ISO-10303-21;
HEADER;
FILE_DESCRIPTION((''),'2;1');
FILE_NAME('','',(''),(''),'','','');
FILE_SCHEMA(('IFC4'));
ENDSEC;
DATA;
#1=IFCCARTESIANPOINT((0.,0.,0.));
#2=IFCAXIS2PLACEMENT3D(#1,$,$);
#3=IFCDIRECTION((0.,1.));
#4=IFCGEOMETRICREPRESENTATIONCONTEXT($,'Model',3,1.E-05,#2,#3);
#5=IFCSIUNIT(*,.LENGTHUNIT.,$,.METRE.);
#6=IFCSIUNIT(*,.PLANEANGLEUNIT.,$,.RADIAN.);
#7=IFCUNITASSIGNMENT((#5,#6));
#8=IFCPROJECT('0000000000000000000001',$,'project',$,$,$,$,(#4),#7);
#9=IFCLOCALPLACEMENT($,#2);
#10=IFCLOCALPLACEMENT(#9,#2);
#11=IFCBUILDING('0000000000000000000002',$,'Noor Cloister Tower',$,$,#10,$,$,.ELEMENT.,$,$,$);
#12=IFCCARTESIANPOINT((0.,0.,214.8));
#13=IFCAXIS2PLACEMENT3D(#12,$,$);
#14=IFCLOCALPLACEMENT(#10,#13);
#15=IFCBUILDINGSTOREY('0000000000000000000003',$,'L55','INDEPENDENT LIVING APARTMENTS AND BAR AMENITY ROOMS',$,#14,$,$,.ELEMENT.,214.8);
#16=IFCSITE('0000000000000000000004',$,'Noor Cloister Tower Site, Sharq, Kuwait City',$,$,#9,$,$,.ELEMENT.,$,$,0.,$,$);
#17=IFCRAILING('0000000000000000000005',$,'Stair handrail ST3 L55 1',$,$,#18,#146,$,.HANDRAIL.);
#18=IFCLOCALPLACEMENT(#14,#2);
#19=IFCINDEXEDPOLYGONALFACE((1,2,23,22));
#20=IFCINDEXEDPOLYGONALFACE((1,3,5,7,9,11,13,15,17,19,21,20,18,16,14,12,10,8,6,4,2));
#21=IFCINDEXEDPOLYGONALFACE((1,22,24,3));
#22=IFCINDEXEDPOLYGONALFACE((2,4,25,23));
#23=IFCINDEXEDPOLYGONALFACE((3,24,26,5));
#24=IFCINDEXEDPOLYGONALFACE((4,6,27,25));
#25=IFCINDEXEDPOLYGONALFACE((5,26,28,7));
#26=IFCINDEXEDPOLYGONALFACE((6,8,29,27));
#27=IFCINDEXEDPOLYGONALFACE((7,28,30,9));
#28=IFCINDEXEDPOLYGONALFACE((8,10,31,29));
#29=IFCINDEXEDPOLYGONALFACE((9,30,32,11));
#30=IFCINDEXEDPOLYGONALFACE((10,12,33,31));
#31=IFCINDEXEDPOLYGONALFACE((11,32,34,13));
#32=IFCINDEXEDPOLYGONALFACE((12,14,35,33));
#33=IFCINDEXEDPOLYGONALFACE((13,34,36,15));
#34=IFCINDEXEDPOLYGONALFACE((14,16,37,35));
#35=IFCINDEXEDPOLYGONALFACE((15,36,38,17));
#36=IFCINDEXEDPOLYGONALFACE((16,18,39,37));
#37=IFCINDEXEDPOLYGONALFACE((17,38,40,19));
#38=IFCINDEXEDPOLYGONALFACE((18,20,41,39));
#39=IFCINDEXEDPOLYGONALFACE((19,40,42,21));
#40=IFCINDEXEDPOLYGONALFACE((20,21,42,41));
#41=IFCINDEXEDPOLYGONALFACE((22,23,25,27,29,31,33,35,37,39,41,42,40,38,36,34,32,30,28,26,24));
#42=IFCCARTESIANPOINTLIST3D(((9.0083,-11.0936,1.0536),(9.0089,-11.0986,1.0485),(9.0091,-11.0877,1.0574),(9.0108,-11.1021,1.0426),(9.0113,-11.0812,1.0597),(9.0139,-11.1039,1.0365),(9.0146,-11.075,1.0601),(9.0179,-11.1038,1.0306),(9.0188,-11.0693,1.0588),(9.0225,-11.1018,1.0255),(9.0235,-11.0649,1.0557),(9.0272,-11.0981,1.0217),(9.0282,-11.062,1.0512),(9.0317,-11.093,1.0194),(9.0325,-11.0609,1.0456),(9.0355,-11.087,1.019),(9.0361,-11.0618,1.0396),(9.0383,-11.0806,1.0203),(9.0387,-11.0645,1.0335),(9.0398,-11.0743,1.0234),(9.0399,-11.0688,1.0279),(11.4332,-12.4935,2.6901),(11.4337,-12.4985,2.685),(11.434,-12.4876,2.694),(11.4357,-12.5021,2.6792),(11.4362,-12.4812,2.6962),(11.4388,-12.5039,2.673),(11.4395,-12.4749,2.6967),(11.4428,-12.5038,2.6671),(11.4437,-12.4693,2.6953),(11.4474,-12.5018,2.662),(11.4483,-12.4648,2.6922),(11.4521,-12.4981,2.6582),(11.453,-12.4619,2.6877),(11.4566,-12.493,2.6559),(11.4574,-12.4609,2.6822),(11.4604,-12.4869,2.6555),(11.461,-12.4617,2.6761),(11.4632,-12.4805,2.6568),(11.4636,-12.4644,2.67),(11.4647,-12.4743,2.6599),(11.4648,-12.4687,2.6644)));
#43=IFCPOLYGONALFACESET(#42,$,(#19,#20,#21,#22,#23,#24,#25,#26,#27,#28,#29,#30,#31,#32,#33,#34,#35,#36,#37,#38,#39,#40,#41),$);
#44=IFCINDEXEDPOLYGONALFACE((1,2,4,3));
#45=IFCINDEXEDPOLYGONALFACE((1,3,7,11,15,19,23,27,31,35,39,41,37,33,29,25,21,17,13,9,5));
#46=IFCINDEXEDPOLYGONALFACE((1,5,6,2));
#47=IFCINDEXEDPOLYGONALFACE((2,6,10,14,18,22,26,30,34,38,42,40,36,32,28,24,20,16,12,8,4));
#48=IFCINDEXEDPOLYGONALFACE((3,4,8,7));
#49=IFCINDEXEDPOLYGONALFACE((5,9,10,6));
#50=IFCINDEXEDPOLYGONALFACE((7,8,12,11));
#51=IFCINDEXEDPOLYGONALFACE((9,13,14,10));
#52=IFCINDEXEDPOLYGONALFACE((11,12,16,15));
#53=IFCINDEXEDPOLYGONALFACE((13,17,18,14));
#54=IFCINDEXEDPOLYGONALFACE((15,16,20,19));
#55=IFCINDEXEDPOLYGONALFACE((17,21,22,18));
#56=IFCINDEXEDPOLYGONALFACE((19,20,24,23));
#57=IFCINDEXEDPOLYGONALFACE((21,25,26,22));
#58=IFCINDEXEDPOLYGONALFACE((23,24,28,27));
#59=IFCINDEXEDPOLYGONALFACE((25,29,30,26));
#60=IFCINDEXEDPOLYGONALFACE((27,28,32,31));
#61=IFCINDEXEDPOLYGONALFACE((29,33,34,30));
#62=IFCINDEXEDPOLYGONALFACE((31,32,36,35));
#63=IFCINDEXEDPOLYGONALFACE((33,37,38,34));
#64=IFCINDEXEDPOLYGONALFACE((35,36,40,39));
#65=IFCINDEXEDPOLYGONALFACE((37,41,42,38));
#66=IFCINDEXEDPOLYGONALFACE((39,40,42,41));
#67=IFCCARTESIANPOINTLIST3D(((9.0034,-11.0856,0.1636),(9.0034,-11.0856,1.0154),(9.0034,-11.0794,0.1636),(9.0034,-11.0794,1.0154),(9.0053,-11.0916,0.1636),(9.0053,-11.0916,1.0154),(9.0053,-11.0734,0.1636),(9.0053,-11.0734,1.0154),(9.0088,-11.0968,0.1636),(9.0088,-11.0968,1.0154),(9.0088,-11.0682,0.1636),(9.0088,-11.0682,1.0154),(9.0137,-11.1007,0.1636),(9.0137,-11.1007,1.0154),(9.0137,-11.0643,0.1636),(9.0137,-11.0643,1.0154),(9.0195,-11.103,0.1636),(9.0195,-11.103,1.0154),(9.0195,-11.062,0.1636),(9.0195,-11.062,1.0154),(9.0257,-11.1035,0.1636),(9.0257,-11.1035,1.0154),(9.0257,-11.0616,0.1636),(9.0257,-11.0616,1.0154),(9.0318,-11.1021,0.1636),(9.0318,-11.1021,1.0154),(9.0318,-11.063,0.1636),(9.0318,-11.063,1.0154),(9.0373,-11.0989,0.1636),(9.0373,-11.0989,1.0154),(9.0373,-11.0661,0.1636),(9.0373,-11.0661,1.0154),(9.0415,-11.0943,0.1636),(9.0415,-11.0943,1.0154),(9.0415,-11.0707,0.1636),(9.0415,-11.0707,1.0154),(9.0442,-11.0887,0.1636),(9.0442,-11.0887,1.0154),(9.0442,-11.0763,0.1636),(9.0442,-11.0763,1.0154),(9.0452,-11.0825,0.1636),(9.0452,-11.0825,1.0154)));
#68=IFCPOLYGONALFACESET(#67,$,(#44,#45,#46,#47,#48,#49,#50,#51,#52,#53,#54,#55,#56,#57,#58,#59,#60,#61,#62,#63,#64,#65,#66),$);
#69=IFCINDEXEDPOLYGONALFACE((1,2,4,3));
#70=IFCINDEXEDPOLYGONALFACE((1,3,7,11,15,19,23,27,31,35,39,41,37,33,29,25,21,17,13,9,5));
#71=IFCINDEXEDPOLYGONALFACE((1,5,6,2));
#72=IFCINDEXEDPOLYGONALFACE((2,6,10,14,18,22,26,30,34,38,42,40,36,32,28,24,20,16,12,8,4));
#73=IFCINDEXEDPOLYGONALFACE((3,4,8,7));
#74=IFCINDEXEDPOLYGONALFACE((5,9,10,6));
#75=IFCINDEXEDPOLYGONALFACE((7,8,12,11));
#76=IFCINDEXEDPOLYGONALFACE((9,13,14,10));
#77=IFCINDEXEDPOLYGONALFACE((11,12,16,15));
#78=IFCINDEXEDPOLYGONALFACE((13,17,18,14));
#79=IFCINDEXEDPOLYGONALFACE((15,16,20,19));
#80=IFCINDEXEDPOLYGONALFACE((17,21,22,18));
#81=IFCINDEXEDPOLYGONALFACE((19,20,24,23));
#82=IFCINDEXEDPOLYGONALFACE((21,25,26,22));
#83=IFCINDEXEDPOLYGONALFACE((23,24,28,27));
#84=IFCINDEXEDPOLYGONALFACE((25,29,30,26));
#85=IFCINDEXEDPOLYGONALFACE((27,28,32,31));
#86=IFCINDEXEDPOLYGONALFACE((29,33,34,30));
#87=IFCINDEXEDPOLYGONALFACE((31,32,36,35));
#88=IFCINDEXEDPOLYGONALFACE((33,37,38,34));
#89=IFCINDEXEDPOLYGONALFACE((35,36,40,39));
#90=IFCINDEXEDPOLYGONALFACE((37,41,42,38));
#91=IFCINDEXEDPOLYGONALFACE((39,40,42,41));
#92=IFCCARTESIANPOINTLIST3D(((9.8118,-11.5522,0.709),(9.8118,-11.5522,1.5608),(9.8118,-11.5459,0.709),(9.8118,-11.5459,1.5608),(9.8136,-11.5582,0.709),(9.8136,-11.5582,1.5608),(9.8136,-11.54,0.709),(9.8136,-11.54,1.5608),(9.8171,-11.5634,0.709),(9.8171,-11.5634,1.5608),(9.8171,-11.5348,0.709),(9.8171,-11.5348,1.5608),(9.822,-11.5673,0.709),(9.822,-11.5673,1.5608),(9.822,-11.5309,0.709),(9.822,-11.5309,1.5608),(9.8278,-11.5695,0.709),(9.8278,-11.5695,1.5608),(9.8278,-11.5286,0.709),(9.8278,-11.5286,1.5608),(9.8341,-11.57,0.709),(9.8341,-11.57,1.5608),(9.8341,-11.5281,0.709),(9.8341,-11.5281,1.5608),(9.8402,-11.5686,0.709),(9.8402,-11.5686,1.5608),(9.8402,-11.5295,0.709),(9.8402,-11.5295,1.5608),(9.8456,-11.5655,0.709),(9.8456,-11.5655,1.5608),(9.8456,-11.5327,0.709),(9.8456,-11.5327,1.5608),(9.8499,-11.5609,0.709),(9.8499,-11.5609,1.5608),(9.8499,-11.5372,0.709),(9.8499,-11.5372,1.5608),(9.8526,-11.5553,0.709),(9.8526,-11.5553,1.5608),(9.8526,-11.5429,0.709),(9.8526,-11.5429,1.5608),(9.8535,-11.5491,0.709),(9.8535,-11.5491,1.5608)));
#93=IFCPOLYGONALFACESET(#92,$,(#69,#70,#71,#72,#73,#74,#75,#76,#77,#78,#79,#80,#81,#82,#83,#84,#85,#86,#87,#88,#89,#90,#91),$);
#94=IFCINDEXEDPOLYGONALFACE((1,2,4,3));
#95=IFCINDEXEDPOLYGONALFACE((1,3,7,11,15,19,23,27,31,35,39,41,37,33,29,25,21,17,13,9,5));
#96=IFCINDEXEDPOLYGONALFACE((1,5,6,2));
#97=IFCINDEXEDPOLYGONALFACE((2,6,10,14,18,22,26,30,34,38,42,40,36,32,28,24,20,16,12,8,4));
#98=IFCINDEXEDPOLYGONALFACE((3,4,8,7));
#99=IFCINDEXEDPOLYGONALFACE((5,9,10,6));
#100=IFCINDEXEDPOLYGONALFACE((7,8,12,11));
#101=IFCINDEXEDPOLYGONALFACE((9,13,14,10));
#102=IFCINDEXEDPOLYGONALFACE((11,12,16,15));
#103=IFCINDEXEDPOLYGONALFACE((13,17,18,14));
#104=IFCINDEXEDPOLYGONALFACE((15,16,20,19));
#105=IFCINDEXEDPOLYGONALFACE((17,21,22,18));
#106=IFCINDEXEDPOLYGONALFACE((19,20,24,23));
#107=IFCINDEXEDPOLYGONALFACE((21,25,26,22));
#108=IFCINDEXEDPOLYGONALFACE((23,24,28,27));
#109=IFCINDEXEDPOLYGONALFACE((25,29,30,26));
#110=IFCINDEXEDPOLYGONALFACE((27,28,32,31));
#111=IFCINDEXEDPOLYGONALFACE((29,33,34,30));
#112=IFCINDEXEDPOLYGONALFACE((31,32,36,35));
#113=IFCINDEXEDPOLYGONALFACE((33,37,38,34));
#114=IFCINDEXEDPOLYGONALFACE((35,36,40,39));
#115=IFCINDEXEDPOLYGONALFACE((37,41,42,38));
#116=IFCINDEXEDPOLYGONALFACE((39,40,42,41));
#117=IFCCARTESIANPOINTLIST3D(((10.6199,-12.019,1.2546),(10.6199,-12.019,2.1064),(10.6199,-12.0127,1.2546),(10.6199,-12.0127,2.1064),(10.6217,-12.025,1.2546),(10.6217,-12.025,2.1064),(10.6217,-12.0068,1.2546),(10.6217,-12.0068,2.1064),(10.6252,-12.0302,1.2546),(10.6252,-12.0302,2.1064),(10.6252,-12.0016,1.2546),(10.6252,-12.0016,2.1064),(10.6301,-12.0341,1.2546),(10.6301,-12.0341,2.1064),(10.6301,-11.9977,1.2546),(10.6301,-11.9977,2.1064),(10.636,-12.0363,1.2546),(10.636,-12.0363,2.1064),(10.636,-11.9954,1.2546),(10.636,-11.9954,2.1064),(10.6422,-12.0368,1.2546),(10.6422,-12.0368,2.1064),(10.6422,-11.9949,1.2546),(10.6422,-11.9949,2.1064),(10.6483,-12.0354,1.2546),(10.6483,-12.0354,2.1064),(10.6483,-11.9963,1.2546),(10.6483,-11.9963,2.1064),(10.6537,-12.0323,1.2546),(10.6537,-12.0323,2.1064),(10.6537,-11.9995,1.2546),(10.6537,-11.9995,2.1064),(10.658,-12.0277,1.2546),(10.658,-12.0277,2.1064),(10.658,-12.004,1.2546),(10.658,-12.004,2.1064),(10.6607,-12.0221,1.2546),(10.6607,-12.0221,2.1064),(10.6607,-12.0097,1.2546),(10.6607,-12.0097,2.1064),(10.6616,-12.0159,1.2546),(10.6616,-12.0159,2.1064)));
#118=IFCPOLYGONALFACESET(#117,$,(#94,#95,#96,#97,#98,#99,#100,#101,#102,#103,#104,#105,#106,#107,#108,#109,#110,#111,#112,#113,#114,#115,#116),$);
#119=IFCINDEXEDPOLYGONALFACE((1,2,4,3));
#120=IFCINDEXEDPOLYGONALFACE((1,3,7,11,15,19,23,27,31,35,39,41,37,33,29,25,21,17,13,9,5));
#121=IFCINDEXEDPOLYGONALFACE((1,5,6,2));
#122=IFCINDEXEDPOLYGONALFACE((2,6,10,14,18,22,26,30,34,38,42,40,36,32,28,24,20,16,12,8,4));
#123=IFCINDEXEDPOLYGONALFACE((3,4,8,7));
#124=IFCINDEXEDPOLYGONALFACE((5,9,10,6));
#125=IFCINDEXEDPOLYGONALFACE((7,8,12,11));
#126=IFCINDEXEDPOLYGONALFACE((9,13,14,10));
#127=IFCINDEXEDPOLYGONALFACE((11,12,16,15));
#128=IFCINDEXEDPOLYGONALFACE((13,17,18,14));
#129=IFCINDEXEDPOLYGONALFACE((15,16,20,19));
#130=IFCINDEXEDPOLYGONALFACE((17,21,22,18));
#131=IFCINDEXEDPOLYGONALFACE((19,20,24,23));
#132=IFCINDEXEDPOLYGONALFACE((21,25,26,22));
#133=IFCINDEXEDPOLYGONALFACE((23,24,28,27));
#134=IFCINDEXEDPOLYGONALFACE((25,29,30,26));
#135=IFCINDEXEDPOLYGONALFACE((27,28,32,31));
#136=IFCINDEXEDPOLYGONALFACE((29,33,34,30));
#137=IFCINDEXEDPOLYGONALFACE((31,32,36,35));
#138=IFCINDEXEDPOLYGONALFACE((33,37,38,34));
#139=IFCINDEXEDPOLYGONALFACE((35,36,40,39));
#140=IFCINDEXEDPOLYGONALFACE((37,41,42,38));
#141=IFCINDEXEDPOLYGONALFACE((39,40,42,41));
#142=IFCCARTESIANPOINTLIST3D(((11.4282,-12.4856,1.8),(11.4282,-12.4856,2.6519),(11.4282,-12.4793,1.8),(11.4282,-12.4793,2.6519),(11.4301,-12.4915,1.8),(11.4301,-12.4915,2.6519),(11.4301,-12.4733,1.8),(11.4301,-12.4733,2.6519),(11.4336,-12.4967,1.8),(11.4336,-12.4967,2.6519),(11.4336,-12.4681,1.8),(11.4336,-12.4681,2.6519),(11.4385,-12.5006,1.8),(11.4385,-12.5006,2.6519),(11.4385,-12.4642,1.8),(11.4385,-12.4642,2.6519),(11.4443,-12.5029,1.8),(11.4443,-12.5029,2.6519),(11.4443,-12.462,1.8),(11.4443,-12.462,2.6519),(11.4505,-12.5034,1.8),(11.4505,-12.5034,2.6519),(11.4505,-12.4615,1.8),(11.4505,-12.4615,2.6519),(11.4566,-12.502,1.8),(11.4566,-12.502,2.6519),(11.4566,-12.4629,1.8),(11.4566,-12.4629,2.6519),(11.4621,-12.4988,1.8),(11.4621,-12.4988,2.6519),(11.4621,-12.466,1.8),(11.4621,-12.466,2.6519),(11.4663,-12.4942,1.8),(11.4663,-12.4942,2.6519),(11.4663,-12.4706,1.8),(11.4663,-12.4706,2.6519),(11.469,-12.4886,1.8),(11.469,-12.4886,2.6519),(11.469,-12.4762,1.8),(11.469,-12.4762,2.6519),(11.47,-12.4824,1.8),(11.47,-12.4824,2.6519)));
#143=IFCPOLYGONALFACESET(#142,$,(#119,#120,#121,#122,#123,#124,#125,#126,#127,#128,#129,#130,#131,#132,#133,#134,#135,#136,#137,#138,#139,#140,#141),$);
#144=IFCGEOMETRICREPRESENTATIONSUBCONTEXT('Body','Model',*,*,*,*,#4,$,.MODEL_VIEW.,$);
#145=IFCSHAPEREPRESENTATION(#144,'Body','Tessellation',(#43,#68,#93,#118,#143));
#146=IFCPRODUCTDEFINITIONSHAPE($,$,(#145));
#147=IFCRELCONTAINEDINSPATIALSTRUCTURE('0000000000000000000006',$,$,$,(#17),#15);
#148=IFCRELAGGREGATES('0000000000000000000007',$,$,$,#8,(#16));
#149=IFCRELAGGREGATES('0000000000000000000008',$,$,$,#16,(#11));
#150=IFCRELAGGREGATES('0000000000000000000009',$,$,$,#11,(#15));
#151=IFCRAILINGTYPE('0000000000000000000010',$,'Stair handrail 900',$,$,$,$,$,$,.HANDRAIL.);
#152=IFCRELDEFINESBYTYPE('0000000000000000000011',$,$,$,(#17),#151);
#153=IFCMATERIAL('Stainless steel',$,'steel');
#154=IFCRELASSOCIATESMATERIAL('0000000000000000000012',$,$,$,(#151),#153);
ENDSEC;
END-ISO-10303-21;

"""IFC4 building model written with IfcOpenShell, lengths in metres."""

from ifc_helpers import new_model, si_unit, direction, frame, origin, origin_2d, place, context, subcontext, project, spatial, circle, extrude, material, type_object, element, save


model = new_model("IFC4")

# Units and contexts
model_context = context("Model", 3, precision=1e-05, world=origin(), true_north=direction((0.0, 1.0)))
body_context = subcontext(model_context, "Body", "Model", "MODEL_VIEW")
ifc_project = project(units=[si_unit("LENGTHUNIT", "METRE"), si_unit("PLANEANGLEUNIT", "RADIAN")], contexts=[model_context])

# Site, building, storey
site_placement = place(None, origin())
site = spatial("IfcSite", under=ifc_project, at=site_placement, Name="Noor Cloister Tower Site, Sharq, Kuwait City", CompositionType="ELEMENT", RefElevation=0.0)
building_placement = place(site_placement, origin())
building = spatial("IfcBuilding", under=site, at=building_placement, Name="Noor Cloister Tower", CompositionType="ELEMENT")
storey_placement = place(building_placement, frame((0.0, 0.0, 214.8)))
storey = spatial("IfcBuildingStorey", under=building, at=storey_placement, Name="L55", Description="INDEPENDENT LIVING APARTMENTS AND BAR AMENITY ROOMS", CompositionType="ELEMENT", Elevation=214.8)

# Railing
ifc_material_1 = material(Name="Stainless steel", Category="steel")
railing_type = type_object("IfcRailingType", Name="Stair handrail 900", PredefinedType="HANDRAIL", material=ifc_material_1)
railing_placement = place(storey_placement, frame((9.0242, -11.0825, 0.1636)))
element("IfcRailing", 1, at=railing_placement, inside=storey, type_object=railing_type, Name="Stair handrail ST3 L55 1", PredefinedType="HANDRAIL", context=body_context, shape_type="SweptSolid", body=[
    extrude(circle(Radius=0.0239, at=origin_2d()), frame((0.0, 0.0, 0.876), z_axis=(0.74769, -0.431661, 0.504608), x_axis=(0.499984, 0.866035, 0.0)), (0.0, 0.0, 1.0), 3.2432),
    extrude(circle(Radius=0.021, at=origin_2d()), origin(), (0.0, 0.0, 1.0), 0.8518),
    extrude(circle(Radius=0.021, at=origin_2d()), frame((0.8083, -0.4666, 0.5454)), (0.0, 0.0, 1.0), 0.8518),
    extrude(circle(Radius=0.021, at=origin_2d()), frame((1.6165, -0.9333, 1.0911)), (0.0, 0.0, 1.0), 0.8518),
    extrude(circle(Radius=0.021, at=origin_2d()), frame((2.4248, -1.3999, 1.6365)), (0.0, 0.0, 1.0), 0.8518),
])

save(model, "model.ifc")
